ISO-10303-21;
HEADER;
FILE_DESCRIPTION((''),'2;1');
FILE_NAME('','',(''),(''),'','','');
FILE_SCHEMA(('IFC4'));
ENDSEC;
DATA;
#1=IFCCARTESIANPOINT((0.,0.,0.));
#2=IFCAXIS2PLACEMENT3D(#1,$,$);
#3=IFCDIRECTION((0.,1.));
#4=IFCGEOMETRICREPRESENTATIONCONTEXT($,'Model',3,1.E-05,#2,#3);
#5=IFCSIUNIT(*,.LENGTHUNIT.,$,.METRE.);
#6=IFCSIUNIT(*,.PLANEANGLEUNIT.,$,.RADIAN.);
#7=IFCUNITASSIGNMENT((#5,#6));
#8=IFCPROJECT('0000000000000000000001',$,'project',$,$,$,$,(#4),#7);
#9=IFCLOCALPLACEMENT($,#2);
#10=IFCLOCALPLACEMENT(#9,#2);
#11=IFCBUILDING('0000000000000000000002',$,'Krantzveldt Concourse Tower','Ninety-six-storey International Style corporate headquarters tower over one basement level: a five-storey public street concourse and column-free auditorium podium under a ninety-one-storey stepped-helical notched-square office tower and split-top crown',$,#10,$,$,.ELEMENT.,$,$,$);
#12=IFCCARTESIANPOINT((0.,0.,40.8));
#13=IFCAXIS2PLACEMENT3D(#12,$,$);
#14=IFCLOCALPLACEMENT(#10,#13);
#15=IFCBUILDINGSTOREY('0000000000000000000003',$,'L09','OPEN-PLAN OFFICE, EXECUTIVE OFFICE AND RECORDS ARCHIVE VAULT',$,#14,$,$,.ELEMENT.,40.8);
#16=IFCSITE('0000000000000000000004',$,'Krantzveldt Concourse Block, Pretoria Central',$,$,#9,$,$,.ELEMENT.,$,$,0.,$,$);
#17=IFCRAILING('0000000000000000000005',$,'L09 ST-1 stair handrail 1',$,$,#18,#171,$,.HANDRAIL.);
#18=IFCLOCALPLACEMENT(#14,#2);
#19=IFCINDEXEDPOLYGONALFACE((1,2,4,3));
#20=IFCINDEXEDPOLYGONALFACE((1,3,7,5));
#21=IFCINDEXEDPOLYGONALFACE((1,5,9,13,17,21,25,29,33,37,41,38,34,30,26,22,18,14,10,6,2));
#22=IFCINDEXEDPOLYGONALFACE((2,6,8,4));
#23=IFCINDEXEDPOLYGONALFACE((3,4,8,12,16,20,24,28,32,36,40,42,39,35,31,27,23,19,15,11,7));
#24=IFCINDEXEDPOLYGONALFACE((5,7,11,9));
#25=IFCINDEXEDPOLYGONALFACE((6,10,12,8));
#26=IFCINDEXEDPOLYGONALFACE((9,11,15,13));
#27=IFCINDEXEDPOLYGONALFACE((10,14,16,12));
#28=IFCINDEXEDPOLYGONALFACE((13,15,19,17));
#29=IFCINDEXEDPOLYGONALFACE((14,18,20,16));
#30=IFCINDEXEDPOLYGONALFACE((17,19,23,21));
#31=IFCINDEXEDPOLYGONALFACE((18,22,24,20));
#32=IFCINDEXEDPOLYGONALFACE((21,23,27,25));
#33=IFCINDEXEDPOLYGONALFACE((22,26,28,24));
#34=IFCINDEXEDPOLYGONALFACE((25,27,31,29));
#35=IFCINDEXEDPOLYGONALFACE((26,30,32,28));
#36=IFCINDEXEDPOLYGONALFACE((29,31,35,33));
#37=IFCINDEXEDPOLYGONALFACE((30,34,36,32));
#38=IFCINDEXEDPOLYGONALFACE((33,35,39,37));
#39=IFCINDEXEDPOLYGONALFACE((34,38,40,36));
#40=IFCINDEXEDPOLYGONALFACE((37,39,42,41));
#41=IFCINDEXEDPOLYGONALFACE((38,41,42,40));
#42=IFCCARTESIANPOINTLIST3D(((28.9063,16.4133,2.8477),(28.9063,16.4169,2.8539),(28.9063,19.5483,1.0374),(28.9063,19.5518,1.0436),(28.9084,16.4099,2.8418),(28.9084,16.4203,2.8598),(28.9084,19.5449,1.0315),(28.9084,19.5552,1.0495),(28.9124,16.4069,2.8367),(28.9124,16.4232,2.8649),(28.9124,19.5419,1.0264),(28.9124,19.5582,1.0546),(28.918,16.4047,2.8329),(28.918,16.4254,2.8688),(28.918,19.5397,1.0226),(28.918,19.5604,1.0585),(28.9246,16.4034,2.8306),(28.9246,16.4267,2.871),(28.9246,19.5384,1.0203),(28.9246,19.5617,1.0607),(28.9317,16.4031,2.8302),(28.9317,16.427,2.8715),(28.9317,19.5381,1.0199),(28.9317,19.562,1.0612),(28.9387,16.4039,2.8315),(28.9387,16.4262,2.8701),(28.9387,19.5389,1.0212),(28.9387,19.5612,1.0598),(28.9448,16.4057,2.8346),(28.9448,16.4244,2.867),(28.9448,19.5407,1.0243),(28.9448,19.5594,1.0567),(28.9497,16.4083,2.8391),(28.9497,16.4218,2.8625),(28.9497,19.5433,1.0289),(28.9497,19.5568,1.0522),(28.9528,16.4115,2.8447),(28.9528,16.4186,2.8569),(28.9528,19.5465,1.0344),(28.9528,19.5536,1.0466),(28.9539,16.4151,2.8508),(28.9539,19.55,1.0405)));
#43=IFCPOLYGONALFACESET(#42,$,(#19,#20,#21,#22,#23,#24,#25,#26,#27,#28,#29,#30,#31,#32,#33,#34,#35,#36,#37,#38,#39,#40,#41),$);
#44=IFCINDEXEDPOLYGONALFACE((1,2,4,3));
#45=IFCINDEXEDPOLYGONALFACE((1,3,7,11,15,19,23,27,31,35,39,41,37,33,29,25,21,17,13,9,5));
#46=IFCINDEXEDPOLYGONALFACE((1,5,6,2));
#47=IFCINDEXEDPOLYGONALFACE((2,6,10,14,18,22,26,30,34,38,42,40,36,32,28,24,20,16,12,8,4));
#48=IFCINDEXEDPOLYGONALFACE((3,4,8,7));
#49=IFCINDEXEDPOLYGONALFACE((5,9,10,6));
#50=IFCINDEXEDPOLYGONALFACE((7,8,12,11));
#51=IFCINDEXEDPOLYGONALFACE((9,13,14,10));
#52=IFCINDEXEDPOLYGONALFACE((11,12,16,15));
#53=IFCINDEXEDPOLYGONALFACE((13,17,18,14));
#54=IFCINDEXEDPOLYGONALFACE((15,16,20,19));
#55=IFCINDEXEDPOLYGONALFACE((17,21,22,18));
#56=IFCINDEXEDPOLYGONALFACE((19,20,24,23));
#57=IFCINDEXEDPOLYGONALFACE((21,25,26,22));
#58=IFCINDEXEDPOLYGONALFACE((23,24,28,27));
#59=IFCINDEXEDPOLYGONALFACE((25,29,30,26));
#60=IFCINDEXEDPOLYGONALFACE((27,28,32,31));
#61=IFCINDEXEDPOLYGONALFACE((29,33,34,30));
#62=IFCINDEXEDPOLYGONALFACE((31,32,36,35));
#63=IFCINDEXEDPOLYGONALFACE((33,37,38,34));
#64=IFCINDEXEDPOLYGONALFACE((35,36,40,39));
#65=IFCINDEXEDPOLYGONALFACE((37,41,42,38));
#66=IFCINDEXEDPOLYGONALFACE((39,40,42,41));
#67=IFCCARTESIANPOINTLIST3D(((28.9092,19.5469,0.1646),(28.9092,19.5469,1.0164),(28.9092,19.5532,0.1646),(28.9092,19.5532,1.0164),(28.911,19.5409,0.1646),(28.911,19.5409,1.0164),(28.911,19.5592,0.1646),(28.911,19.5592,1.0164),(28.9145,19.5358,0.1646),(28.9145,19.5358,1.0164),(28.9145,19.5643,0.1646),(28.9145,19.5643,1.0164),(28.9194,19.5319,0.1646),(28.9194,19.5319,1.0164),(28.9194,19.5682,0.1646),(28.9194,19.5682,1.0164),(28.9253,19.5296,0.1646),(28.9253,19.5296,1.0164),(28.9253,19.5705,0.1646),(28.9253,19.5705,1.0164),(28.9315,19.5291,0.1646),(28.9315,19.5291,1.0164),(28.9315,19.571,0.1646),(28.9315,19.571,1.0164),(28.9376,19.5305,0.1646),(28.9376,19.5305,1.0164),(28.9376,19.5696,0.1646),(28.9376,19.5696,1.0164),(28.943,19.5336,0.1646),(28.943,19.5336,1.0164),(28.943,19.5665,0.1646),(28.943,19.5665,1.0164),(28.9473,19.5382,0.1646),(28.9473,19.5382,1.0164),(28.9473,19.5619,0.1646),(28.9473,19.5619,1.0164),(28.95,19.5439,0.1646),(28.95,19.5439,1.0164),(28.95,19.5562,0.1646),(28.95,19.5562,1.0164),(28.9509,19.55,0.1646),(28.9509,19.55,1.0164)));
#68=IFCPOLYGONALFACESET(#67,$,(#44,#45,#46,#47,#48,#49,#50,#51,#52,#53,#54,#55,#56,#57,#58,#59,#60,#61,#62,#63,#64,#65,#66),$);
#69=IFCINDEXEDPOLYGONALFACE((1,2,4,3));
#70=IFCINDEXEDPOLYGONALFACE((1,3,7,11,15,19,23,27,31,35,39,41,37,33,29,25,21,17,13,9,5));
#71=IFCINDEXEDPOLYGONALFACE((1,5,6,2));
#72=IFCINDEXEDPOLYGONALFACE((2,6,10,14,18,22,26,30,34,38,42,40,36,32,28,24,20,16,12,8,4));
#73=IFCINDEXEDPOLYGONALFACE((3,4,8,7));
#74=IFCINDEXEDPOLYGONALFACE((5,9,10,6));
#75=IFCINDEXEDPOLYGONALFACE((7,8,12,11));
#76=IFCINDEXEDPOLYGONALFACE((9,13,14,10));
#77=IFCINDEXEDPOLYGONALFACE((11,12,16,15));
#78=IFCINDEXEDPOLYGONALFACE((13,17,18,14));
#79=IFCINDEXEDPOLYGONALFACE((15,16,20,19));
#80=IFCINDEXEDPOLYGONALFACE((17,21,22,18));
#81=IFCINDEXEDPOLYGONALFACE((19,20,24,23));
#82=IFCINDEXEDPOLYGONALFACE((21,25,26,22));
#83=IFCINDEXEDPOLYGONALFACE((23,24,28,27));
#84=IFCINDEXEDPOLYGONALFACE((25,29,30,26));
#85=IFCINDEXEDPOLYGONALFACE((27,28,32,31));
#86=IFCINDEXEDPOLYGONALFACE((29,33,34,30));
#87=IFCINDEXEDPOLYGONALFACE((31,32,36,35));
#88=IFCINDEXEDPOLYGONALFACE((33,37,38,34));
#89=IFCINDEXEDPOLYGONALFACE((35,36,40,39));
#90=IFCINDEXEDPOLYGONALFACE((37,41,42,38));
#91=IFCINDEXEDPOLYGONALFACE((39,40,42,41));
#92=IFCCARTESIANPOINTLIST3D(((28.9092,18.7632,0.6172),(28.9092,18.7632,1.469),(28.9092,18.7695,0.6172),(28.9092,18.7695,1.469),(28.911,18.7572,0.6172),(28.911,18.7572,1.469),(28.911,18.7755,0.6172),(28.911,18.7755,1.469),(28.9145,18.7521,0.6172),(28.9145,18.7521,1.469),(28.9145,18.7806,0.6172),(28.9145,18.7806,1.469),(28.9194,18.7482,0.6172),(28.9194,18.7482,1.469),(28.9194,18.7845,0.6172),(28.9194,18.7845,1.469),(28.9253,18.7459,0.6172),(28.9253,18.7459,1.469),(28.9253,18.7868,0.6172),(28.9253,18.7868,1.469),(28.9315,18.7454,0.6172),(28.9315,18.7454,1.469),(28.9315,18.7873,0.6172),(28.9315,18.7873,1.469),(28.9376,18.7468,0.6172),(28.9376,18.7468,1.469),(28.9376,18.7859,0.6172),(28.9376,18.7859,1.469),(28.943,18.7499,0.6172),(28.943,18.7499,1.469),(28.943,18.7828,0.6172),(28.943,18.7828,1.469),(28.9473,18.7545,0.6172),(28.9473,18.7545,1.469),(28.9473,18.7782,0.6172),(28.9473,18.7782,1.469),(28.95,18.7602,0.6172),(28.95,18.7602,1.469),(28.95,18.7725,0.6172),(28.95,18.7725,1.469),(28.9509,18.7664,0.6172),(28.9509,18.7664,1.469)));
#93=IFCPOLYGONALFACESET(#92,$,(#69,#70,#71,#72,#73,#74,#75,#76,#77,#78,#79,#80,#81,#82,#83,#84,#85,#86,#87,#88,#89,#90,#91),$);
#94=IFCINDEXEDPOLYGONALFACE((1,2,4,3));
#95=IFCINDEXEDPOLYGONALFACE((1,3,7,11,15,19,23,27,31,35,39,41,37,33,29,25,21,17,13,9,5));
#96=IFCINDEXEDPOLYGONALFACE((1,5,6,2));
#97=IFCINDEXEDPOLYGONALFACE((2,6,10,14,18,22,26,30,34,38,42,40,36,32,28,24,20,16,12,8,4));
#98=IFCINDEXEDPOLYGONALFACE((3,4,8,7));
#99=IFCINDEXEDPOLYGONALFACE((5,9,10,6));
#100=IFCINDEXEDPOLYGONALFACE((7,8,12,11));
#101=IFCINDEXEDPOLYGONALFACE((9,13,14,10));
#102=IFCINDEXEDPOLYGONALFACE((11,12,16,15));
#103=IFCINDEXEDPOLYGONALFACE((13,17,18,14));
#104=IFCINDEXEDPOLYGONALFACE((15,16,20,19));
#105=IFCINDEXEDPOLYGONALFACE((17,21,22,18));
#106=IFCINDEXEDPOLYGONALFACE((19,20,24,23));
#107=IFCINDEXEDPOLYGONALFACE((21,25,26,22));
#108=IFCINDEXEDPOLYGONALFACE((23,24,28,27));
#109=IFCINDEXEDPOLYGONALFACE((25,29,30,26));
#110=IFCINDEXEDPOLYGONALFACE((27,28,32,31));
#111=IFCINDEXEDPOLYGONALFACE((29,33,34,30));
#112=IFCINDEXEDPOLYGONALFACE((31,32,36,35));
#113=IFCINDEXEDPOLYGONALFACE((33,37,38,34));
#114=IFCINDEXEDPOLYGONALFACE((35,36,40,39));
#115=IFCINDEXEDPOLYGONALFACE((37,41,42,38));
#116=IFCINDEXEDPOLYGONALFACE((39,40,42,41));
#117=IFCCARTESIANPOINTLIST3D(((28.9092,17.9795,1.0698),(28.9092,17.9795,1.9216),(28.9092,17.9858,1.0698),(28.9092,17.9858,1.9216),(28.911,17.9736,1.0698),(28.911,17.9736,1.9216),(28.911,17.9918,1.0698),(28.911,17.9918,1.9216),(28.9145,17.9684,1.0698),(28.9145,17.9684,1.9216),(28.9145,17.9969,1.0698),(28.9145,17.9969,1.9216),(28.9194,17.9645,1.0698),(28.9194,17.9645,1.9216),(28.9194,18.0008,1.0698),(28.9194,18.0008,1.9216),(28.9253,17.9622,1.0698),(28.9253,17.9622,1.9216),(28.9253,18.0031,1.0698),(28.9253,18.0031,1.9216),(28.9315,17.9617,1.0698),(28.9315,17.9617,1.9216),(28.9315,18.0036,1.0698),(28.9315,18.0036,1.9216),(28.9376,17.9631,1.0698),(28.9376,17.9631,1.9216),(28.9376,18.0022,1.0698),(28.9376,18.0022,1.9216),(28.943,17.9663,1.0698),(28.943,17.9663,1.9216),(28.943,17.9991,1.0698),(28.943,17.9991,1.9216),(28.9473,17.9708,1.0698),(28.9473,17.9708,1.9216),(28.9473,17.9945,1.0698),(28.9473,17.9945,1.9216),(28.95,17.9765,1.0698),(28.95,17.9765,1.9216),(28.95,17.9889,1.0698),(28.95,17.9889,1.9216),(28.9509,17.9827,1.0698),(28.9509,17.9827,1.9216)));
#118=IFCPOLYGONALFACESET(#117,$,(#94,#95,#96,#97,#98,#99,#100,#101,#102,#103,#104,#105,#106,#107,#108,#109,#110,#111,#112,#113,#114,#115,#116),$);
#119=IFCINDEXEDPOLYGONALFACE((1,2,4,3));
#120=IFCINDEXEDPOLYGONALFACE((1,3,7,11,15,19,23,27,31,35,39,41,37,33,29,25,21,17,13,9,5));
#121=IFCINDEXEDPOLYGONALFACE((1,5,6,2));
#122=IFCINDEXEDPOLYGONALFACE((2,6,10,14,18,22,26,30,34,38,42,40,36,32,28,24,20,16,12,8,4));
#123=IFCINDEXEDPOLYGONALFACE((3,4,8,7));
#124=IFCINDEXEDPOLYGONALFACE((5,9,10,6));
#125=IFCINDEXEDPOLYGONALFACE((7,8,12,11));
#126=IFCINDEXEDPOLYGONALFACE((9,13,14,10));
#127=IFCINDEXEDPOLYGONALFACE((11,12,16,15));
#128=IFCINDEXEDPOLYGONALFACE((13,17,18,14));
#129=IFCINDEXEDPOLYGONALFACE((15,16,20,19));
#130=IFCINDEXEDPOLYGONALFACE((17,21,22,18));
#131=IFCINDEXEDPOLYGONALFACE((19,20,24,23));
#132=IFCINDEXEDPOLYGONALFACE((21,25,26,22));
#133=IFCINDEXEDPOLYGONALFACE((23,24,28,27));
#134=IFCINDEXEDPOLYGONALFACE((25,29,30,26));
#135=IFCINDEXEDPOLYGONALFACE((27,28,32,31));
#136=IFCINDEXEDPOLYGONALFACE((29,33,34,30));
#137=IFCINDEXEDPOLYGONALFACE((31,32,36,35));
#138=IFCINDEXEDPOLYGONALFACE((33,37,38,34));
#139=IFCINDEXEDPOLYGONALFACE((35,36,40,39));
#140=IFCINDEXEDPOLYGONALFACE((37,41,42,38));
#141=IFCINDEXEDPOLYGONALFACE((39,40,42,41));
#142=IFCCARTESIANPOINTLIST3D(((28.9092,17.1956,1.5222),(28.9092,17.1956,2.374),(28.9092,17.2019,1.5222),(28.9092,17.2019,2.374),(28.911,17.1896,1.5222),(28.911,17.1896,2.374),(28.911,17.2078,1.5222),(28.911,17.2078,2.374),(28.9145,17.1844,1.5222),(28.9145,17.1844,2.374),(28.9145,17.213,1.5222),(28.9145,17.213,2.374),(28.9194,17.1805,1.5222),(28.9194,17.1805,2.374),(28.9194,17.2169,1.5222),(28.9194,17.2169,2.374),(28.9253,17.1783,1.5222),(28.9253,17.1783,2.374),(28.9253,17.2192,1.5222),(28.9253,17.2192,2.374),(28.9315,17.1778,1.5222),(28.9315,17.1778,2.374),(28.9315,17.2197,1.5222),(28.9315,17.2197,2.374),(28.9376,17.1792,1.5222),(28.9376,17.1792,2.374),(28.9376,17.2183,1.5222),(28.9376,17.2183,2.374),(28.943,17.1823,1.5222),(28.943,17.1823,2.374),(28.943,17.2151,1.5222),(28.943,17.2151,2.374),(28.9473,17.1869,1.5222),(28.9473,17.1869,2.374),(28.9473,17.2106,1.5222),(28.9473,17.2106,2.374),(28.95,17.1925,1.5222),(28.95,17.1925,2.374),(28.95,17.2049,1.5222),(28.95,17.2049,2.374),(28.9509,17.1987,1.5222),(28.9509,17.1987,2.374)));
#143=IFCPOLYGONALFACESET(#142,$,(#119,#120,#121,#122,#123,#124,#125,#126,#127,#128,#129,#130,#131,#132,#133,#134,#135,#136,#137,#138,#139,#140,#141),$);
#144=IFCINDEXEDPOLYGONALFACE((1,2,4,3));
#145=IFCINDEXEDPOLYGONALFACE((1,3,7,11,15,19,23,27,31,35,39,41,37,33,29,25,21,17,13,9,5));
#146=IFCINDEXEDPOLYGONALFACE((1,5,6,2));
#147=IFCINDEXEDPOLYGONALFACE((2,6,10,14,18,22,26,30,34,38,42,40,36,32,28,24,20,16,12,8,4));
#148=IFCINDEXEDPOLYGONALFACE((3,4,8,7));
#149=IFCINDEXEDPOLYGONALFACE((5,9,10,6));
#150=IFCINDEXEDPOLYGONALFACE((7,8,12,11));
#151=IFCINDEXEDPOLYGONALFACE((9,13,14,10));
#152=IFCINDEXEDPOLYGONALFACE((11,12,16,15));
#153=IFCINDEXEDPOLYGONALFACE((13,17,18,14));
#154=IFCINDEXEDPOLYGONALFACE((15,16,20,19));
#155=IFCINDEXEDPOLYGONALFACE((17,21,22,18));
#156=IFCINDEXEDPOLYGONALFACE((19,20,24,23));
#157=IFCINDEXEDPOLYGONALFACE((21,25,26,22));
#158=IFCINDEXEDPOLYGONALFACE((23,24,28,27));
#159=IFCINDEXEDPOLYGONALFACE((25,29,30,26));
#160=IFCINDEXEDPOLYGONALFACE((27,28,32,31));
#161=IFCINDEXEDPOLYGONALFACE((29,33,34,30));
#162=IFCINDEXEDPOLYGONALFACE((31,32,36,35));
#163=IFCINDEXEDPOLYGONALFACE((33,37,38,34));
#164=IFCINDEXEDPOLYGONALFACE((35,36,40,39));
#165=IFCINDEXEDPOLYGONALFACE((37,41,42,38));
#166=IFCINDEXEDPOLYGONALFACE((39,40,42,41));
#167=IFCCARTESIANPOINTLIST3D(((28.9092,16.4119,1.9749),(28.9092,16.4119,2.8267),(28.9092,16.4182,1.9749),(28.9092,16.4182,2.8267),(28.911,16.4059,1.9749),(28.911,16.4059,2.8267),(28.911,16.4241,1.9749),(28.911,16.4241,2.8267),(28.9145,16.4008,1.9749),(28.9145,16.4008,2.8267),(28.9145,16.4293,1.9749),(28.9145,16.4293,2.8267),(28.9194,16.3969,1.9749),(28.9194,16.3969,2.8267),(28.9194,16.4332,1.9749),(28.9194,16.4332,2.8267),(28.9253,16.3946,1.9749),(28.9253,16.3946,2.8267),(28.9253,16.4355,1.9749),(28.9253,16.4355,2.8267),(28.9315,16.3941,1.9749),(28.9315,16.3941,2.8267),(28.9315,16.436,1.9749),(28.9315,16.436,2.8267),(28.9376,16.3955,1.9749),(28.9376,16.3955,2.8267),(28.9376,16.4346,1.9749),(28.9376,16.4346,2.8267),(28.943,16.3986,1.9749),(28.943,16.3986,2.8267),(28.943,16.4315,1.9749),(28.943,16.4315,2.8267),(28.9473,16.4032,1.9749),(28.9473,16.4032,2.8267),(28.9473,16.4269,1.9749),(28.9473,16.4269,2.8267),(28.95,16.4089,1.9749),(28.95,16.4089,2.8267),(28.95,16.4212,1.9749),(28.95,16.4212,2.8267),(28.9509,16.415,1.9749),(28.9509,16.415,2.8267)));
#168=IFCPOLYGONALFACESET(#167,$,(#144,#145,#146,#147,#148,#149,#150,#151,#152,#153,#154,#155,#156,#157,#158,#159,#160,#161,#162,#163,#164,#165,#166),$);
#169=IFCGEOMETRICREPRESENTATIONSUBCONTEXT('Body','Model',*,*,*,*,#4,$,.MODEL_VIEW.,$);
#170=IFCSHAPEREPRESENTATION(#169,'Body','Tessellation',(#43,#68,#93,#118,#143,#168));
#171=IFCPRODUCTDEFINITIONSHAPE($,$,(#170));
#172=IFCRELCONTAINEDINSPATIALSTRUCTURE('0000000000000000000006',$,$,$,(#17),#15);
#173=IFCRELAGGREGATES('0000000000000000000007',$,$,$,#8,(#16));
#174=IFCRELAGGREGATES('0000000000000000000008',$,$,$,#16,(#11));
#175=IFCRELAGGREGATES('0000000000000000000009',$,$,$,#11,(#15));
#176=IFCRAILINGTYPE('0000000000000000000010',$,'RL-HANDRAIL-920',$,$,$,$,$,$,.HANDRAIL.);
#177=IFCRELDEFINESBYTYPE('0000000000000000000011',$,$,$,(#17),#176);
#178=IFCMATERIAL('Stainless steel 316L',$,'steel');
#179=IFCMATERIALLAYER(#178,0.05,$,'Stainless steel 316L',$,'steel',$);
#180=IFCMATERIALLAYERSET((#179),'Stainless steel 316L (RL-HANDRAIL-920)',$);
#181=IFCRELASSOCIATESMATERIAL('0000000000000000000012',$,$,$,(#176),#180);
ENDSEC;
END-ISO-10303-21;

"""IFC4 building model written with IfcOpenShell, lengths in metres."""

from ifc_helpers import new_model, si_unit, direction, frame, origin, origin_2d, place, context, subcontext, project, spatial, circle, extrude, material, layer, layer_set, type_object, element, save


model = new_model("IFC4")

# Units and contexts
model_context = context("Model", 3, precision=1e-05, world=origin(), true_north=direction((0.0, 1.0)))
body_context = subcontext(model_context, "Body", "Model", "MODEL_VIEW")
ifc_project = project(units=[si_unit("LENGTHUNIT", "METRE"), si_unit("PLANEANGLEUNIT", "RADIAN")], contexts=[model_context])

# Site, building, storey
site_placement = place(None, origin())
site = spatial("IfcSite", under=ifc_project, at=site_placement, Name="Krantzveldt Concourse Block, Pretoria Central", CompositionType="ELEMENT", RefElevation=0.0)
building_placement = place(site_placement, origin())
building = spatial("IfcBuilding", under=site, at=building_placement, Name="Krantzveldt Concourse Tower", Description="Ninety-six-storey International Style corporate headquarters tower over one basement level: a five-storey public street concourse and column-free auditorium podium under a ninety-one-storey stepped-helical notched-square office tower and split-top crown", CompositionType="ELEMENT")
storey_placement = place(building_placement, frame((0.0, 0.0, 40.8)))
storey = spatial("IfcBuildingStorey", under=building, at=storey_placement, Name="L09", Description="OPEN-PLAN OFFICE, EXECUTIVE OFFICE AND RECORDS ARCHIVE VAULT", CompositionType="ELEMENT", Elevation=40.8)

# Railing
ifc_material_1 = material(Name="Stainless steel 316L", Category="steel")
ifc_layer_1 = layer(ifc_material_1, 0.05, Name="Stainless steel 316L", Category="steel")
ifc_layer_set_1 = layer_set([ifc_layer_1], Name="Stainless steel 316L (RL-HANDRAIL-920)")
railing_type_1 = type_object("IfcRailingType", Name="RL-HANDRAIL-920", PredefinedType="HANDRAIL", material=ifc_layer_set_1)
railing_1_placement = place(storey_placement, frame((28.9299, 19.55, 0.1646)))
element("IfcRailing", 1, at=railing_1_placement, inside=storey, type_object=railing_type_1, Name="L09 ST-1 stair handrail 1", PredefinedType="HANDRAIL", context=body_context, shape_type="SweptSolid", body=[
    extrude(circle(Radius=0.0239, at=origin_2d()), frame((0.0, 0.0, 0.876), z_axis=(0.0, -0.865989, 0.500063), x_axis=(1.0, 0.0, 0.0)), (0.0, 0.0, 1.0), 3.6201),
    extrude(circle(Radius=0.021, at=origin_2d()), origin(), (0.0, 0.0, 1.0), 0.8518),
    extrude(circle(Radius=0.021, at=origin_2d()), frame((0.0, -0.7837, 0.4526)), (0.0, 0.0, 1.0), 0.8518),
    extrude(circle(Radius=0.021, at=origin_2d()), frame((0.0, -1.5674, 0.9053)), (0.0, 0.0, 1.0), 0.8518),
    extrude(circle(Radius=0.021, at=origin_2d()), frame((0.0, -2.3513, 1.3577)), (0.0, 0.0, 1.0), 0.8518),
    extrude(circle(Radius=0.021, at=origin_2d()), frame((0.0, -3.135, 1.8103)), (0.0, 0.0, 1.0), 0.8518),
])

save(model, "model.ifc")
